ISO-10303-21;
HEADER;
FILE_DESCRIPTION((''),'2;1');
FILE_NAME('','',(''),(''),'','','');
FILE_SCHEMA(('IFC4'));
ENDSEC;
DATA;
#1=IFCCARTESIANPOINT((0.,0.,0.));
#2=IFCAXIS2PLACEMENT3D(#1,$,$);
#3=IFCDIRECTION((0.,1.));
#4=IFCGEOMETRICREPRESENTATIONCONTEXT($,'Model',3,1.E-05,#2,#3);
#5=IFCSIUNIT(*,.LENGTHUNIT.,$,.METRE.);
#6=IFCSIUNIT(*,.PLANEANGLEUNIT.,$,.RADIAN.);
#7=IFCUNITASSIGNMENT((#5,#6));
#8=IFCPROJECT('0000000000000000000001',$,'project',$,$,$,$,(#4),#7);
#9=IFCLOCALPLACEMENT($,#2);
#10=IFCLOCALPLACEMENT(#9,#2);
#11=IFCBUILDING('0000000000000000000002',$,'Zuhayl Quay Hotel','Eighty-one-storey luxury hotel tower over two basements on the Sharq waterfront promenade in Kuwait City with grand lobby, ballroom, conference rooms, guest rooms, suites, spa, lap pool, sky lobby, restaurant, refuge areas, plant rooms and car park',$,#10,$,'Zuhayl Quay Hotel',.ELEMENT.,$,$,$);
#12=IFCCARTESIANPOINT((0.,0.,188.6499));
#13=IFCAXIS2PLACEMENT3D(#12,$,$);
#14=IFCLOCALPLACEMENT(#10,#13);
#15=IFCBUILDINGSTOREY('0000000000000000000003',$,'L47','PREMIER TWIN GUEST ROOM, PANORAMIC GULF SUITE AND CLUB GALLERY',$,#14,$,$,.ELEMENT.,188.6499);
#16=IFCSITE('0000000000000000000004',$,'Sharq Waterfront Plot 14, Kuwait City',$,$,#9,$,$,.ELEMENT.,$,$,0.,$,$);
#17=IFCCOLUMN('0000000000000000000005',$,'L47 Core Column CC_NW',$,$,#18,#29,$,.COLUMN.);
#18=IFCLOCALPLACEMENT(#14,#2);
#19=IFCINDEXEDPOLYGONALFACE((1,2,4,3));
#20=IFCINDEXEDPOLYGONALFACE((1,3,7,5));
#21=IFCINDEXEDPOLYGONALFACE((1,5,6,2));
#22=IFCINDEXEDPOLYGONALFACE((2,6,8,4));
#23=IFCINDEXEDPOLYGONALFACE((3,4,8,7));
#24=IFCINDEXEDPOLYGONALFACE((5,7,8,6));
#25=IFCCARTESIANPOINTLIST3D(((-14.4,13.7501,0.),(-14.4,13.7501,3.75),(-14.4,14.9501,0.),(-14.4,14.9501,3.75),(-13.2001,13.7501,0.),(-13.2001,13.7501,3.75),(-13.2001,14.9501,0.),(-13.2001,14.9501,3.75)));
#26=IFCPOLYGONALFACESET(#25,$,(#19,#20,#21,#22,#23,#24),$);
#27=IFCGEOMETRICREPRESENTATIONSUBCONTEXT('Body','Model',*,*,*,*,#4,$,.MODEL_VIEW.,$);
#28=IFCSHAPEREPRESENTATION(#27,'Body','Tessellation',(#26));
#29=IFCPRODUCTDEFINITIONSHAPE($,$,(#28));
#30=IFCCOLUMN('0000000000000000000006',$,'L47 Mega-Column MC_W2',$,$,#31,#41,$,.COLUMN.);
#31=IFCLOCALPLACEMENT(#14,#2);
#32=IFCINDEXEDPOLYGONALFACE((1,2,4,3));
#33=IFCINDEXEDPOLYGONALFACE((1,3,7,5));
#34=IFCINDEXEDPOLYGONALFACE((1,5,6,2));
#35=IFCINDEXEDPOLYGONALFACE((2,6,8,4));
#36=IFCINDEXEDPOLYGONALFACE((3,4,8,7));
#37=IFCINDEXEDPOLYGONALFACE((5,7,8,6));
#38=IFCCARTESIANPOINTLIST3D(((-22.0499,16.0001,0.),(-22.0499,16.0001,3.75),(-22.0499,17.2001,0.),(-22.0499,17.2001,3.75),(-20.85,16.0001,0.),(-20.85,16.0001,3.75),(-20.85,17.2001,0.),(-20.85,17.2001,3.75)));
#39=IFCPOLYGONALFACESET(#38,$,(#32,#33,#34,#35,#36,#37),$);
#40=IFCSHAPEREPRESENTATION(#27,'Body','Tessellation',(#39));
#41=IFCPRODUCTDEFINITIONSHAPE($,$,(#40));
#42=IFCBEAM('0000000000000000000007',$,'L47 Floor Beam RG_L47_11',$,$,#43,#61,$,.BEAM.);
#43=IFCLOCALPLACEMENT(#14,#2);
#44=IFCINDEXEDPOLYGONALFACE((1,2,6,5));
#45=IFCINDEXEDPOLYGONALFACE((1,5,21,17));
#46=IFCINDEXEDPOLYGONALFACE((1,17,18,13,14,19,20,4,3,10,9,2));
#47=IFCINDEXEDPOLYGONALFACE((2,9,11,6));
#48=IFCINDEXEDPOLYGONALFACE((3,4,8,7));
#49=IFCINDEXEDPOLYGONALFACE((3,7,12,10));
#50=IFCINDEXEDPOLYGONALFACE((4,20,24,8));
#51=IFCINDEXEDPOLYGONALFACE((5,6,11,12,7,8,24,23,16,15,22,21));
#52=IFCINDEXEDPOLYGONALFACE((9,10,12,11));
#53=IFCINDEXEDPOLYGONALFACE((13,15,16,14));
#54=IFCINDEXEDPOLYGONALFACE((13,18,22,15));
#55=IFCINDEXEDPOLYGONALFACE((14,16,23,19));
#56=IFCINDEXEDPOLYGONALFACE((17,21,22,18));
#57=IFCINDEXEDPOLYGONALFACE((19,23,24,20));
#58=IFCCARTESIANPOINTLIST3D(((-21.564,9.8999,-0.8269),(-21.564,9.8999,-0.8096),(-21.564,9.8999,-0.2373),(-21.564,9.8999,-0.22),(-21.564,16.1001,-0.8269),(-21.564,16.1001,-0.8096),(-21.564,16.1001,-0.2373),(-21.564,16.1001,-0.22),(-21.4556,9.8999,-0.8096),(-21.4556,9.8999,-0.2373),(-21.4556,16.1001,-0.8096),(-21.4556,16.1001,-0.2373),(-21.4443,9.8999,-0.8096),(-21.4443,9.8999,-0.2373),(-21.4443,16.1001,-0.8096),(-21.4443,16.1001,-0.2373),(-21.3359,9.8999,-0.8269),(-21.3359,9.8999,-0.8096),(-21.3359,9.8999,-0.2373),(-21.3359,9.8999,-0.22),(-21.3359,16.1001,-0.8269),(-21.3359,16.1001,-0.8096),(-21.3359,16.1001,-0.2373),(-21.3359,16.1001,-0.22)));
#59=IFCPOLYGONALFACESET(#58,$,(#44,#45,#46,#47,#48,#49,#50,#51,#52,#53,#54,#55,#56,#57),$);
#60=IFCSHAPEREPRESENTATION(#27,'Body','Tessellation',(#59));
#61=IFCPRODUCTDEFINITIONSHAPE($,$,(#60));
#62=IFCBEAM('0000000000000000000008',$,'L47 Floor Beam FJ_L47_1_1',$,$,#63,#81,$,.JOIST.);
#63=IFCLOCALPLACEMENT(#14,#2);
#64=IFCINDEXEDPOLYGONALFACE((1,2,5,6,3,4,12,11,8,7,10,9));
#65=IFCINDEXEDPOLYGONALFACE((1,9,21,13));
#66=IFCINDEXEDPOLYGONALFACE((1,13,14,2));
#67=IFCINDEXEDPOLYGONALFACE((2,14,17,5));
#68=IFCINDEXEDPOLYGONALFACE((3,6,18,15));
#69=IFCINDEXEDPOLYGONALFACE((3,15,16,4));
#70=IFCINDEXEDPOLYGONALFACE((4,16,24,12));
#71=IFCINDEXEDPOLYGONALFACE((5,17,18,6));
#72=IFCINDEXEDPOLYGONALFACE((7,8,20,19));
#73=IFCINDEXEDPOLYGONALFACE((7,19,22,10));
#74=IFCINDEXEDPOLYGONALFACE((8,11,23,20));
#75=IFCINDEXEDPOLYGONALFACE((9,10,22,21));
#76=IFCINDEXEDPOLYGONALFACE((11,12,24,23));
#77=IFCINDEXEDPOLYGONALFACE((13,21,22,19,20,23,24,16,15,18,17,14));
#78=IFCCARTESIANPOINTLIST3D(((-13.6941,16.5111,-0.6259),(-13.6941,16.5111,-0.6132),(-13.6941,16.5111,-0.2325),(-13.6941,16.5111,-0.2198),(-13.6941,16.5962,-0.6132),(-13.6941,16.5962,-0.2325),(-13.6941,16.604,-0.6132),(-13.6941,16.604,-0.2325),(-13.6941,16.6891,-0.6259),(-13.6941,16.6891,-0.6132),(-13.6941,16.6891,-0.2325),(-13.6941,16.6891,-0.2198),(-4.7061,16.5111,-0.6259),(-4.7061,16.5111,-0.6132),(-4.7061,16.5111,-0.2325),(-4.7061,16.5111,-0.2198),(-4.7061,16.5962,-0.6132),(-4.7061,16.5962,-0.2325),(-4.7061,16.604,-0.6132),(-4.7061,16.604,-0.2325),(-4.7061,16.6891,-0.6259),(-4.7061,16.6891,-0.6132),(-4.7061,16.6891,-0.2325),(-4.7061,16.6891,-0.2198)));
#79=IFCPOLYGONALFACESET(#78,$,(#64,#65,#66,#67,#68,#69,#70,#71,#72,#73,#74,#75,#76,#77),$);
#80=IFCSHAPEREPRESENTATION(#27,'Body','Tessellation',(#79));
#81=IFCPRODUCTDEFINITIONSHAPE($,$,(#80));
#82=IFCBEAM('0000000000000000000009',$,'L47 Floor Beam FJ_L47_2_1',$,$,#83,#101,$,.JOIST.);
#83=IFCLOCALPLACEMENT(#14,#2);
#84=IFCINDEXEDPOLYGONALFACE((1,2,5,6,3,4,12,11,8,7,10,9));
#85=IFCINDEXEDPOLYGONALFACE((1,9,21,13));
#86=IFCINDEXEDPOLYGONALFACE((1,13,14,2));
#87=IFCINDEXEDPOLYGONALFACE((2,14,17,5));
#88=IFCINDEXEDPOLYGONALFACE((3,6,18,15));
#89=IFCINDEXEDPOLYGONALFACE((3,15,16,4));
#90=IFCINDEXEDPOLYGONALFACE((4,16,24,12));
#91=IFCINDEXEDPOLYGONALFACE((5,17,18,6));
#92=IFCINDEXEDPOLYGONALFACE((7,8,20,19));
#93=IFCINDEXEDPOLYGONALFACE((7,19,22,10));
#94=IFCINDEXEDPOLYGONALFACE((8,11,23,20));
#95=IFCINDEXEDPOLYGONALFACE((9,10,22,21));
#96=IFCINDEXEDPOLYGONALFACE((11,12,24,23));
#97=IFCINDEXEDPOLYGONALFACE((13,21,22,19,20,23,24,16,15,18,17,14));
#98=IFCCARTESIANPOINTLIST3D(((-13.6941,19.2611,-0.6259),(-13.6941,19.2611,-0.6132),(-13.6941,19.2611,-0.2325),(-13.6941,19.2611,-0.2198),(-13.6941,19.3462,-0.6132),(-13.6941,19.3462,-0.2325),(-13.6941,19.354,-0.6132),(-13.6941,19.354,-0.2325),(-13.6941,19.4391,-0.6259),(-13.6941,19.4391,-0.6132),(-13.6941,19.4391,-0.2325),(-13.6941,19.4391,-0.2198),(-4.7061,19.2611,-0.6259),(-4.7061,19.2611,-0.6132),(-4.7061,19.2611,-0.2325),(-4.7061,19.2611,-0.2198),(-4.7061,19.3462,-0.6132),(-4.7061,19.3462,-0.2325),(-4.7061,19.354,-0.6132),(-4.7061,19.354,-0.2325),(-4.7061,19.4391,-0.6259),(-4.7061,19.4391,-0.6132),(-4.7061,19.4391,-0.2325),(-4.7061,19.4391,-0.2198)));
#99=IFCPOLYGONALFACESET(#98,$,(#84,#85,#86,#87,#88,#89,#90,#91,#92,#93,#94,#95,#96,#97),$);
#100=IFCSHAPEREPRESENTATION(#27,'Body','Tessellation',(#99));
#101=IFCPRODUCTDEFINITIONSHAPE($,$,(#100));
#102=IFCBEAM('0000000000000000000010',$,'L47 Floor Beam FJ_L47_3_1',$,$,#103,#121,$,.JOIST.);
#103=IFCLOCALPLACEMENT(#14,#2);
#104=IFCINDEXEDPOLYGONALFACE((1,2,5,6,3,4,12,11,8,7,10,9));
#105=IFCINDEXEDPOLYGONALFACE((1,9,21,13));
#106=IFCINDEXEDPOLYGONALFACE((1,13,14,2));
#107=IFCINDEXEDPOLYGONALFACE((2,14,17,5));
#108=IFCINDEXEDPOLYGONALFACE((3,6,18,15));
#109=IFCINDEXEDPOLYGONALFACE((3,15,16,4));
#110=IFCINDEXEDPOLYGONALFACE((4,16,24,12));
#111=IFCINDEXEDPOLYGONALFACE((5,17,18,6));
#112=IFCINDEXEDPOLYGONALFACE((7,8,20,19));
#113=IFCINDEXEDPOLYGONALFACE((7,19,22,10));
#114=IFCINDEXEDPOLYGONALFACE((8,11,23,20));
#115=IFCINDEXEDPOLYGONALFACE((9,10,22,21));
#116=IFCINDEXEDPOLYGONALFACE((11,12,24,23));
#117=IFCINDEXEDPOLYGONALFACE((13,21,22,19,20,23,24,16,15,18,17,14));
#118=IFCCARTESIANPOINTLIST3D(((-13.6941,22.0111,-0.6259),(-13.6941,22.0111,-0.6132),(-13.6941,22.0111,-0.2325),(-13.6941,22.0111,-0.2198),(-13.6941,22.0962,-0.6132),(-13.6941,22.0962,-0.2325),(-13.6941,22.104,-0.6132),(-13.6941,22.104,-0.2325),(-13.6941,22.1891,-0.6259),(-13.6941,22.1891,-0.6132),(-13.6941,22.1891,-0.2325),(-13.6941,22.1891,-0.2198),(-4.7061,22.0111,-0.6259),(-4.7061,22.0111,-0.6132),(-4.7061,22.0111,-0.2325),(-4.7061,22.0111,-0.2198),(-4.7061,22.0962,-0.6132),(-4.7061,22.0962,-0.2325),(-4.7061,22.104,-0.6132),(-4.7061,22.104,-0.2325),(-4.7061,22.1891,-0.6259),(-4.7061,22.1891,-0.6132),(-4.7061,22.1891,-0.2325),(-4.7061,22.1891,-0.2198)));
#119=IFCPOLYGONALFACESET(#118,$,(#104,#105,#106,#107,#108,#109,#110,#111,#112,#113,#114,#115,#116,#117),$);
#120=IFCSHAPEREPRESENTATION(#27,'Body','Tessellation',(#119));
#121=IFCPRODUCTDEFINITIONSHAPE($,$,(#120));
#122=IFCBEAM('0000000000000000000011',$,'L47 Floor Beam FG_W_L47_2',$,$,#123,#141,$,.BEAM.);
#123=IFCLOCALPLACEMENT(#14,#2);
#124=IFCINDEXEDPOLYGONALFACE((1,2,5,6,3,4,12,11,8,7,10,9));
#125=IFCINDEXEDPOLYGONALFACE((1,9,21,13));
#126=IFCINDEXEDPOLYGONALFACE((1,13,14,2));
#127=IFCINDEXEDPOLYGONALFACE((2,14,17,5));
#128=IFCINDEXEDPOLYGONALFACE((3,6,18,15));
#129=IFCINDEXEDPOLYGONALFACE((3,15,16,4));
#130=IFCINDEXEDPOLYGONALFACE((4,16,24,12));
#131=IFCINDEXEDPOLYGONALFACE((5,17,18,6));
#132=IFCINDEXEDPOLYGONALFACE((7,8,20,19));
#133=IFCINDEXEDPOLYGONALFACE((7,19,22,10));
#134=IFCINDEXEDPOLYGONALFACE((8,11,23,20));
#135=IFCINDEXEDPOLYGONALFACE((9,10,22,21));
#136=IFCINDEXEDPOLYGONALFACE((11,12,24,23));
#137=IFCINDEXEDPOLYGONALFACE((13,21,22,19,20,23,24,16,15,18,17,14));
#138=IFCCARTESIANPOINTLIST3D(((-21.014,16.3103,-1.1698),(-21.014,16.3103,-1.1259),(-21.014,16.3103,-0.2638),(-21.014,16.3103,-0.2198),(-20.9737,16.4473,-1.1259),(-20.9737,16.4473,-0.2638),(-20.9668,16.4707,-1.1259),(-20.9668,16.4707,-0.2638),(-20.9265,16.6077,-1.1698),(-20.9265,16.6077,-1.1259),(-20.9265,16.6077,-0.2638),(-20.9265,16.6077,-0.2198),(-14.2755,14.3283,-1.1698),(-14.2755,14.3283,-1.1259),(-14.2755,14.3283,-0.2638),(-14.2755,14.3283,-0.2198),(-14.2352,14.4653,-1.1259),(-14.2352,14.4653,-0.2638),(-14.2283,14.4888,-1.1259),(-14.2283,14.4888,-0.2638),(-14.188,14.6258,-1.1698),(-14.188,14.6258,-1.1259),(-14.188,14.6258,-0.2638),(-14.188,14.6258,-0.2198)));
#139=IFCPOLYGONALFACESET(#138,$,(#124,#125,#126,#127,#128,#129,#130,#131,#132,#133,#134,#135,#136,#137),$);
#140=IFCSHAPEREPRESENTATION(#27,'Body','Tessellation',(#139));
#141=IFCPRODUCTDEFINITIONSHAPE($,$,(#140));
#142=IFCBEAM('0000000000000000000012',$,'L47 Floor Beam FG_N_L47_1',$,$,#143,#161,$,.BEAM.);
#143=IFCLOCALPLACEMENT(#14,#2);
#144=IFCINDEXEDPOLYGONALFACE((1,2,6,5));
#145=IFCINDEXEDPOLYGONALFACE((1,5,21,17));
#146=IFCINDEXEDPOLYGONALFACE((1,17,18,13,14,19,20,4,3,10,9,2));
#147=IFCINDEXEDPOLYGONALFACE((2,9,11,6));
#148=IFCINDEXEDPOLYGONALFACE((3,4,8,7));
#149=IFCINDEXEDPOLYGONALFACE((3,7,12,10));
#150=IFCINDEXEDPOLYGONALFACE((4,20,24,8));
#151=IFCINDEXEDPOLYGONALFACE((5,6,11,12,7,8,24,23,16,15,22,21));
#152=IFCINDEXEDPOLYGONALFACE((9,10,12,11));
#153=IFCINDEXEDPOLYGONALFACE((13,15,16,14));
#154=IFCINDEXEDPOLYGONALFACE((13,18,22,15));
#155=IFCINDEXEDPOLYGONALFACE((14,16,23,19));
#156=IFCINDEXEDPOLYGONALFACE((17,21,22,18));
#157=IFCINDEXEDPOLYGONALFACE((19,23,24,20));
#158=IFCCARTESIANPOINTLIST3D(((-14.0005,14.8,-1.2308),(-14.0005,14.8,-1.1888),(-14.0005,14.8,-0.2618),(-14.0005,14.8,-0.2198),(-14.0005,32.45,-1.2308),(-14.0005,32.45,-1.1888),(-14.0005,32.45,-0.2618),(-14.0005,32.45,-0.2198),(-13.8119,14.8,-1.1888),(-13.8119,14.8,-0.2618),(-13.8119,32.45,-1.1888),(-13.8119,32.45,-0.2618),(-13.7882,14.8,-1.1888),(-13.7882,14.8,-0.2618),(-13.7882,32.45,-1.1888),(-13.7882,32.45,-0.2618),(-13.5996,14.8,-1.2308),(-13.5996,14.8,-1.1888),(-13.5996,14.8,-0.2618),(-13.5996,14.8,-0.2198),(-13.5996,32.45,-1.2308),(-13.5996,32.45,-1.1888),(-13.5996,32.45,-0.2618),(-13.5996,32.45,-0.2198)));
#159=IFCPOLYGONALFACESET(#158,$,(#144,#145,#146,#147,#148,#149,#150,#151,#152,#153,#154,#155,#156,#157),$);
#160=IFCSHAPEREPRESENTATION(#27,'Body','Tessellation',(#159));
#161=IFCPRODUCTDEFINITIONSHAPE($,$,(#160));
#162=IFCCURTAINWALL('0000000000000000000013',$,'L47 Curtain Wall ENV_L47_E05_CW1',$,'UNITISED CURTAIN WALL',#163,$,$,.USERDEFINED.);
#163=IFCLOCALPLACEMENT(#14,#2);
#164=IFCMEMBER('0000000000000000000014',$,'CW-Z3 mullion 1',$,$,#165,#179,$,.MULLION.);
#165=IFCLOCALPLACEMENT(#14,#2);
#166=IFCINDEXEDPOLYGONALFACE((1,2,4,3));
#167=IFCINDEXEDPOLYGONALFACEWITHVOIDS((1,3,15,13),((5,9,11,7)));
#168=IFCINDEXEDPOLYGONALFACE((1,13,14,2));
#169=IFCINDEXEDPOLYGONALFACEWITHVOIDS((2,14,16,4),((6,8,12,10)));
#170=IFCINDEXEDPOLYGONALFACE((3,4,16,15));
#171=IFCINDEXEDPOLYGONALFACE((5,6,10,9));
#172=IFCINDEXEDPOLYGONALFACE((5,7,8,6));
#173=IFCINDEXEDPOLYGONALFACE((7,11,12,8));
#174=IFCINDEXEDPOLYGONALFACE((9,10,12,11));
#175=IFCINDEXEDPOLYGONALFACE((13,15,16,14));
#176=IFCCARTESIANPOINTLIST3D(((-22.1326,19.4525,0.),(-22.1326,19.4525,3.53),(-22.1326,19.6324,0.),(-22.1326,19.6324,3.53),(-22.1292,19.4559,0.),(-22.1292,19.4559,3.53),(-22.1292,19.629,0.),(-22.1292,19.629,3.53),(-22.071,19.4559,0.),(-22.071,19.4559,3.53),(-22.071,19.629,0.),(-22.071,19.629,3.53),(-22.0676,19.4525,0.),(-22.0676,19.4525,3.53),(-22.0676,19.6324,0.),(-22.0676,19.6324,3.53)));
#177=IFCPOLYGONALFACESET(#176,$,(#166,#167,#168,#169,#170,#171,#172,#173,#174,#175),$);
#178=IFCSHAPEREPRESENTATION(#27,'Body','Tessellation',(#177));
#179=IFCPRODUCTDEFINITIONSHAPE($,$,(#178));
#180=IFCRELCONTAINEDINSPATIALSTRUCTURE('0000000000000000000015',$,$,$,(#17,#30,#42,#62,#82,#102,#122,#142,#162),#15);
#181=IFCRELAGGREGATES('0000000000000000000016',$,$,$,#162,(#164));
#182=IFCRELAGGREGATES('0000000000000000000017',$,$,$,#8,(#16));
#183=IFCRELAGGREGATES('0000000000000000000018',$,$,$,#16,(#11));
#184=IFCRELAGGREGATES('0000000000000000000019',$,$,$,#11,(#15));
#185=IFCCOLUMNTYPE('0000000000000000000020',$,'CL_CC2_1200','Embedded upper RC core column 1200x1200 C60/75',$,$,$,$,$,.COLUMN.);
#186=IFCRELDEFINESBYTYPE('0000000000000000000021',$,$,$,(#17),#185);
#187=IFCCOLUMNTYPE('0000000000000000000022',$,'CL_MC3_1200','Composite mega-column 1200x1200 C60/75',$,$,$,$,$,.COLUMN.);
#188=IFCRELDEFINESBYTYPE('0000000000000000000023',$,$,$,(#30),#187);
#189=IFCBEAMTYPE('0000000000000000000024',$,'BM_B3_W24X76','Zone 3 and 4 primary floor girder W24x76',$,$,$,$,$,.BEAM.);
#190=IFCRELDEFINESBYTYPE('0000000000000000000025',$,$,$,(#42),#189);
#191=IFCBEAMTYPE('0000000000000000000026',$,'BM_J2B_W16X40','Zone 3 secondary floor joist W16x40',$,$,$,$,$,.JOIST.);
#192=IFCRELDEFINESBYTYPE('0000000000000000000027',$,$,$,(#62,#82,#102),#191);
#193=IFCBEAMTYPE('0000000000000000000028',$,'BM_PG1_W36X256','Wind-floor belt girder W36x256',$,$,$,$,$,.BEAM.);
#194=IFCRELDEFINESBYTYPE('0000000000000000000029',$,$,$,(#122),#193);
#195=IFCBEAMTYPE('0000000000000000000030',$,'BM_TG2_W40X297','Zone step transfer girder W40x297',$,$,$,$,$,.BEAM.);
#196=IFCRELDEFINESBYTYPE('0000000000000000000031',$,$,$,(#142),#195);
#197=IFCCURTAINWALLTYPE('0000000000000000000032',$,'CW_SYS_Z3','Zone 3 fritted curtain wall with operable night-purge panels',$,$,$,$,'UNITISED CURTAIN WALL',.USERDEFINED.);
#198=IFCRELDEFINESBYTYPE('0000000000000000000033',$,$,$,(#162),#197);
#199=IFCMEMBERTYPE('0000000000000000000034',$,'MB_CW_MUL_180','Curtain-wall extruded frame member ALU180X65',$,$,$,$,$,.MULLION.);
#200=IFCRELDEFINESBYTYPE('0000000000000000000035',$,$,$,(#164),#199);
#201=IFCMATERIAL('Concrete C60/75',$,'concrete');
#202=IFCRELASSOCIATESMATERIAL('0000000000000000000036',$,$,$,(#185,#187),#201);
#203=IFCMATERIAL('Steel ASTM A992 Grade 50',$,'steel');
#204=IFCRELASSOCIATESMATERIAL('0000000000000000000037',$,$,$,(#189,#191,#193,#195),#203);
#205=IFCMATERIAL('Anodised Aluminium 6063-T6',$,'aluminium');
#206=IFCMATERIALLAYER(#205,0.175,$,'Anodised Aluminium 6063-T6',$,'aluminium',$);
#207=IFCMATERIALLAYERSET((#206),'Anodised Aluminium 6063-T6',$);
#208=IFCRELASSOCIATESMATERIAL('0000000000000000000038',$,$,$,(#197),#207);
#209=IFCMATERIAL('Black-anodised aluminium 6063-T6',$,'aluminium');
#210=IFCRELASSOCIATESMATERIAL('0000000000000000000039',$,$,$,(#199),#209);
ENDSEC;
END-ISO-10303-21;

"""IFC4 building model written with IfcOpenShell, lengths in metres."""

from ifc_helpers import new_model, si_unit, direction, frame, origin, origin_2d, place, context, subcontext, project, spatial, rectangle, hollow_rectangle, i_section, extrude, material, layer, layer_set, material_profile, profile_set, type_object, element, aggregate, save


model = new_model("IFC4")

# Units and contexts
model_context = context("Model", 3, precision=1e-05, world=origin(), true_north=direction((0.0, 1.0)))
body_context = subcontext(model_context, "Body", "Model", "MODEL_VIEW")
ifc_project = project(units=[si_unit("LENGTHUNIT", "METRE"), si_unit("PLANEANGLEUNIT", "RADIAN")], contexts=[model_context])

# Site, building, storey
site_placement = place(None, origin())
site = spatial("IfcSite", under=ifc_project, at=site_placement, Name="Sharq Waterfront Plot 14, Kuwait City", CompositionType="ELEMENT", RefElevation=0.0)
building_placement = place(site_placement, origin())
building = spatial("IfcBuilding", under=site, at=building_placement, Name="Zuhayl Quay Hotel", Description="Eighty-one-storey luxury hotel tower over two basements on the Sharq waterfront promenade in Kuwait City with grand lobby, ballroom, conference rooms, guest rooms, suites, spa, lap pool, sky lobby, restaurant, refuge areas, plant rooms and car park", LongName="Zuhayl Quay Hotel", CompositionType="ELEMENT")
storey_placement = place(building_placement, frame((0.0, 0.0, 188.6499)))
storey = spatial("IfcBuildingStorey", under=building, at=storey_placement, Name="L47", Description="PREMIER TWIN GUEST ROOM, PANORAMIC GULF SUITE AND CLUB GALLERY", CompositionType="ELEMENT", Elevation=188.6499)

# Columns
ifc_material_1 = material(Name="Concrete C60/75", Category="concrete")
ifc_material_profile_1 = material_profile(ifc_material_1, rectangle(XDim=1.2, YDim=1.2, at=origin_2d()), Name="RC1200X1200")
ifc_profile_set_1 = profile_set([ifc_material_profile_1], Name="Concrete C60/75")
column_type_1 = type_object("IfcColumnType", Name="CL_CC2_1200", Description="Embedded upper RC core column 1200x1200 C60/75", PredefinedType="COLUMN", material=ifc_profile_set_1)
column_1_placement = place(storey_placement, frame((-13.8, 14.3501, 0.0), z_axis=(0.0, 0.0, 1.0), x_axis=(1.0, 0.0, 0.0)))
element("IfcColumn", 1, at=column_1_placement, inside=storey, type_object=column_type_1, Name="L47 Core Column CC_NW", PredefinedType="COLUMN", context=body_context, shape_type="SweptSolid", body=[
    extrude(rectangle(XDim=1.2, YDim=1.2, at=origin_2d()), origin(), (0.0, 0.0, 1.0), 3.75),
])
ifc_material_profile_2 = material_profile(ifc_material_1, rectangle(XDim=1.2, YDim=1.2, at=origin_2d()), Name="RC1200X1200")
ifc_profile_set_2 = profile_set([ifc_material_profile_2], Name="Concrete C60/75")
column_type_2 = type_object("IfcColumnType", Name="CL_MC3_1200", Description="Composite mega-column 1200x1200 C60/75", PredefinedType="COLUMN", material=ifc_profile_set_2)
column_2_placement = place(storey_placement, frame((-21.45, 16.6001, 0.0), z_axis=(0.0, 0.0, 1.0), x_axis=(1.0, 0.0, 0.0)))
element("IfcColumn", 2, at=column_2_placement, inside=storey, type_object=column_type_2, Name="L47 Mega-Column MC_W2", PredefinedType="COLUMN", context=body_context, shape_type="SweptSolid", body=[
    extrude(rectangle(XDim=1.2, YDim=1.2, at=origin_2d()), origin(), (0.0, 0.0, 1.0), 3.75),
])

# Beams
ifc_material_2 = material(Name="Steel ASTM A992 Grade 50", Category="steel")
ifc_material_profile_3 = material_profile(ifc_material_2, i_section(OverallWidth=0.228, OverallDepth=0.6069, WebThickness=0.0112, FlangeThickness=0.0173, at=origin_2d()), Name="W24X76")
ifc_profile_set_3 = profile_set([ifc_material_profile_3], Name="Steel ASTM A992 Grade 50")
beam_type_1 = type_object("IfcBeamType", Name="BM_B3_W24X76", Description="Zone 3 and 4 primary floor girder W24x76", PredefinedType="BEAM", material=ifc_profile_set_3)
beam_1_placement = place(storey_placement, frame((-21.45, 16.1001, -0.5234), z_axis=(0.0, -1.0, 0.0), x_axis=(1.0, 0.0, 0.0)))
element("IfcBeam", 3, at=beam_1_placement, inside=storey, type_object=beam_type_1, Name="L47 Floor Beam RG_L47_11", PredefinedType="BEAM", context=body_context, shape_type="SweptSolid", body=[
    extrude(i_section(OverallWidth=0.228, OverallDepth=0.6069, WebThickness=0.0112, FlangeThickness=0.0173, at=origin_2d()), origin(), (0.0, 0.0, 1.0), 6.2002),
])
ifc_material_profile_4 = material_profile(ifc_material_2, i_section(OverallWidth=0.178, OverallDepth=0.406, WebThickness=0.0078, FlangeThickness=0.0127, at=origin_2d()), Name="W16X40")
ifc_profile_set_4 = profile_set([ifc_material_profile_4], Name="Steel ASTM A992 Grade 50")
beam_type_2 = type_object("IfcBeamType", Name="BM_J2B_W16X40", Description="Zone 3 secondary floor joist W16x40", PredefinedType="JOIST", material=ifc_profile_set_4)
for number, where, z_axis, x_axis, name in (
    (4, (-13.6941, 16.6001, -0.4229), (1.0, 0.0, 0.0), (0.0, 1.0, 0.0), "L47 Floor Beam FJ_L47_1_1"),
    (5, (-13.6941, 19.3501, -0.4229), (1.0, 0.0, 0.0), (0.0, 1.0, 0.0), "L47 Floor Beam FJ_L47_2_1"),
    (6, (-13.6941, 22.1001, -0.4229), (1.0, 0.0, 0.0), (0.0, 1.0, 0.0), "L47 Floor Beam FJ_L47_3_1"),
):
    element("IfcBeam", number, at=place(storey_placement, frame(where, z_axis=z_axis, x_axis=x_axis)), inside=storey, type_object=beam_type_2, Name=name, PredefinedType="JOIST", context=body_context, shape_type="SweptSolid", body=[
        extrude(i_section(OverallWidth=0.178, OverallDepth=0.406, WebThickness=0.0078, FlangeThickness=0.0127, at=origin_2d()), origin(), (0.0, 0.0, 1.0), 8.988),
    ])
ifc_material_profile_5 = material_profile(ifc_material_2, i_section(OverallWidth=0.3101, OverallDepth=0.95, WebThickness=0.0244, FlangeThickness=0.0439, at=origin_2d()), Name="W36X256")
ifc_profile_set_5 = profile_set([ifc_material_profile_5], Name="Steel ASTM A992 Grade 50")
beam_type_3 = type_object("IfcBeamType", Name="BM_PG1_W36X256", Description="Wind-floor belt girder W36x256", PredefinedType="BEAM", material=ifc_profile_set_5)
beam_2_placement = place(storey_placement, frame((-20.9702, 16.459, -0.6948), z_axis=(0.959365, -0.282168, 0.0), x_axis=(0.282168, 0.959365, 0.0)))
element("IfcBeam", 7, at=beam_2_placement, inside=storey, type_object=beam_type_3, Name="L47 Floor Beam FG_W_L47_2", PredefinedType="BEAM", context=body_context, shape_type="SweptSolid", body=[
    extrude(i_section(OverallWidth=0.3101, OverallDepth=0.95, WebThickness=0.0244, FlangeThickness=0.0439, at=origin_2d()), origin(), (0.0, 0.0, 1.0), 7.0239),
])
ifc_material_profile_6 = material_profile(ifc_material_2, i_section(OverallWidth=0.4009, OverallDepth=1.011, WebThickness=0.0237, FlangeThickness=0.042, at=origin_2d()), Name="W40X297")
ifc_profile_set_6 = profile_set([ifc_material_profile_6], Name="Steel ASTM A992 Grade 50")
beam_type_4 = type_object("IfcBeamType", Name="BM_TG2_W40X297", Description="Zone step transfer girder W40x297", PredefinedType="BEAM", material=ifc_profile_set_6)
beam_3_placement = place(storey_placement, frame((-13.8, 14.8, -0.7253), z_axis=(0.0, 1.0, 0.0), x_axis=(-1.0, 0.0, 0.0)))
element("IfcBeam", 8, at=beam_3_placement, inside=storey, type_object=beam_type_4, Name="L47 Floor Beam FG_N_L47_1", PredefinedType="BEAM", context=body_context, shape_type="SweptSolid", body=[
    extrude(i_section(OverallWidth=0.4009, OverallDepth=1.011, WebThickness=0.0237, FlangeThickness=0.042, at=origin_2d()), origin(), (0.0, 0.0, 1.0), 17.6499),
])

# Curtain wall, member
ifc_material_3 = material(Name="Anodised Aluminium 6063-T6", Category="aluminium")
ifc_layer_1 = layer(ifc_material_3, 0.175, Name="Anodised Aluminium 6063-T6", Category="aluminium")
ifc_layer_set_1 = layer_set([ifc_layer_1], Name="Anodised Aluminium 6063-T6")
curtain_wall_type = type_object("IfcCurtainWallType", Name="CW_SYS_Z3", Description="Zone 3 fritted curtain wall with operable night-purge panels", ElementType="UNITISED CURTAIN WALL", PredefinedType="USERDEFINED", material=ifc_layer_set_1)
curtain_wall_placement = place(storey_placement, origin())
curtain_wall = element("IfcCurtainWall", 9, at=curtain_wall_placement, inside=storey, type_object=curtain_wall_type, Name="L47 Curtain Wall ENV_L47_E05_CW1", ObjectType="UNITISED CURTAIN WALL", PredefinedType="USERDEFINED")
ifc_material_4 = material(Name="Black-anodised aluminium 6063-T6", Category="aluminium")
ifc_material_profile_7 = material_profile(ifc_material_4, hollow_rectangle(XDim=0.0649, YDim=0.1799, WallThickness=0.0034, at=origin_2d()), Name="ALU180X65")
ifc_profile_set_7 = profile_set([ifc_material_profile_7], Name="Black-anodised aluminium 6063-T6")
member_type_1 = type_object("IfcMemberType", Name="MB_CW_MUL_180", Description="Curtain-wall extruded frame member ALU180X65", PredefinedType="MULLION", material=ifc_profile_set_7)
member_1_placement = place(storey_placement, frame((-22.1001, 19.5425, 0.0), z_axis=(0.0, 0.0, 1.0), x_axis=(-1.0, 0.0, 0.0)))
member_1 = element("IfcMember", 10, at=member_1_placement, type_object=member_type_1, Name="CW-Z3 mullion 1", PredefinedType="MULLION", context=body_context, shape_type="SweptSolid", body=[
    extrude(hollow_rectangle(XDim=0.0649, YDim=0.1799, WallThickness=0.0034, at=origin_2d()), origin(), (0.0, 0.0, 1.0), 3.53),
])
aggregate(curtain_wall, [member_1])

save(model, "model.ifc")
